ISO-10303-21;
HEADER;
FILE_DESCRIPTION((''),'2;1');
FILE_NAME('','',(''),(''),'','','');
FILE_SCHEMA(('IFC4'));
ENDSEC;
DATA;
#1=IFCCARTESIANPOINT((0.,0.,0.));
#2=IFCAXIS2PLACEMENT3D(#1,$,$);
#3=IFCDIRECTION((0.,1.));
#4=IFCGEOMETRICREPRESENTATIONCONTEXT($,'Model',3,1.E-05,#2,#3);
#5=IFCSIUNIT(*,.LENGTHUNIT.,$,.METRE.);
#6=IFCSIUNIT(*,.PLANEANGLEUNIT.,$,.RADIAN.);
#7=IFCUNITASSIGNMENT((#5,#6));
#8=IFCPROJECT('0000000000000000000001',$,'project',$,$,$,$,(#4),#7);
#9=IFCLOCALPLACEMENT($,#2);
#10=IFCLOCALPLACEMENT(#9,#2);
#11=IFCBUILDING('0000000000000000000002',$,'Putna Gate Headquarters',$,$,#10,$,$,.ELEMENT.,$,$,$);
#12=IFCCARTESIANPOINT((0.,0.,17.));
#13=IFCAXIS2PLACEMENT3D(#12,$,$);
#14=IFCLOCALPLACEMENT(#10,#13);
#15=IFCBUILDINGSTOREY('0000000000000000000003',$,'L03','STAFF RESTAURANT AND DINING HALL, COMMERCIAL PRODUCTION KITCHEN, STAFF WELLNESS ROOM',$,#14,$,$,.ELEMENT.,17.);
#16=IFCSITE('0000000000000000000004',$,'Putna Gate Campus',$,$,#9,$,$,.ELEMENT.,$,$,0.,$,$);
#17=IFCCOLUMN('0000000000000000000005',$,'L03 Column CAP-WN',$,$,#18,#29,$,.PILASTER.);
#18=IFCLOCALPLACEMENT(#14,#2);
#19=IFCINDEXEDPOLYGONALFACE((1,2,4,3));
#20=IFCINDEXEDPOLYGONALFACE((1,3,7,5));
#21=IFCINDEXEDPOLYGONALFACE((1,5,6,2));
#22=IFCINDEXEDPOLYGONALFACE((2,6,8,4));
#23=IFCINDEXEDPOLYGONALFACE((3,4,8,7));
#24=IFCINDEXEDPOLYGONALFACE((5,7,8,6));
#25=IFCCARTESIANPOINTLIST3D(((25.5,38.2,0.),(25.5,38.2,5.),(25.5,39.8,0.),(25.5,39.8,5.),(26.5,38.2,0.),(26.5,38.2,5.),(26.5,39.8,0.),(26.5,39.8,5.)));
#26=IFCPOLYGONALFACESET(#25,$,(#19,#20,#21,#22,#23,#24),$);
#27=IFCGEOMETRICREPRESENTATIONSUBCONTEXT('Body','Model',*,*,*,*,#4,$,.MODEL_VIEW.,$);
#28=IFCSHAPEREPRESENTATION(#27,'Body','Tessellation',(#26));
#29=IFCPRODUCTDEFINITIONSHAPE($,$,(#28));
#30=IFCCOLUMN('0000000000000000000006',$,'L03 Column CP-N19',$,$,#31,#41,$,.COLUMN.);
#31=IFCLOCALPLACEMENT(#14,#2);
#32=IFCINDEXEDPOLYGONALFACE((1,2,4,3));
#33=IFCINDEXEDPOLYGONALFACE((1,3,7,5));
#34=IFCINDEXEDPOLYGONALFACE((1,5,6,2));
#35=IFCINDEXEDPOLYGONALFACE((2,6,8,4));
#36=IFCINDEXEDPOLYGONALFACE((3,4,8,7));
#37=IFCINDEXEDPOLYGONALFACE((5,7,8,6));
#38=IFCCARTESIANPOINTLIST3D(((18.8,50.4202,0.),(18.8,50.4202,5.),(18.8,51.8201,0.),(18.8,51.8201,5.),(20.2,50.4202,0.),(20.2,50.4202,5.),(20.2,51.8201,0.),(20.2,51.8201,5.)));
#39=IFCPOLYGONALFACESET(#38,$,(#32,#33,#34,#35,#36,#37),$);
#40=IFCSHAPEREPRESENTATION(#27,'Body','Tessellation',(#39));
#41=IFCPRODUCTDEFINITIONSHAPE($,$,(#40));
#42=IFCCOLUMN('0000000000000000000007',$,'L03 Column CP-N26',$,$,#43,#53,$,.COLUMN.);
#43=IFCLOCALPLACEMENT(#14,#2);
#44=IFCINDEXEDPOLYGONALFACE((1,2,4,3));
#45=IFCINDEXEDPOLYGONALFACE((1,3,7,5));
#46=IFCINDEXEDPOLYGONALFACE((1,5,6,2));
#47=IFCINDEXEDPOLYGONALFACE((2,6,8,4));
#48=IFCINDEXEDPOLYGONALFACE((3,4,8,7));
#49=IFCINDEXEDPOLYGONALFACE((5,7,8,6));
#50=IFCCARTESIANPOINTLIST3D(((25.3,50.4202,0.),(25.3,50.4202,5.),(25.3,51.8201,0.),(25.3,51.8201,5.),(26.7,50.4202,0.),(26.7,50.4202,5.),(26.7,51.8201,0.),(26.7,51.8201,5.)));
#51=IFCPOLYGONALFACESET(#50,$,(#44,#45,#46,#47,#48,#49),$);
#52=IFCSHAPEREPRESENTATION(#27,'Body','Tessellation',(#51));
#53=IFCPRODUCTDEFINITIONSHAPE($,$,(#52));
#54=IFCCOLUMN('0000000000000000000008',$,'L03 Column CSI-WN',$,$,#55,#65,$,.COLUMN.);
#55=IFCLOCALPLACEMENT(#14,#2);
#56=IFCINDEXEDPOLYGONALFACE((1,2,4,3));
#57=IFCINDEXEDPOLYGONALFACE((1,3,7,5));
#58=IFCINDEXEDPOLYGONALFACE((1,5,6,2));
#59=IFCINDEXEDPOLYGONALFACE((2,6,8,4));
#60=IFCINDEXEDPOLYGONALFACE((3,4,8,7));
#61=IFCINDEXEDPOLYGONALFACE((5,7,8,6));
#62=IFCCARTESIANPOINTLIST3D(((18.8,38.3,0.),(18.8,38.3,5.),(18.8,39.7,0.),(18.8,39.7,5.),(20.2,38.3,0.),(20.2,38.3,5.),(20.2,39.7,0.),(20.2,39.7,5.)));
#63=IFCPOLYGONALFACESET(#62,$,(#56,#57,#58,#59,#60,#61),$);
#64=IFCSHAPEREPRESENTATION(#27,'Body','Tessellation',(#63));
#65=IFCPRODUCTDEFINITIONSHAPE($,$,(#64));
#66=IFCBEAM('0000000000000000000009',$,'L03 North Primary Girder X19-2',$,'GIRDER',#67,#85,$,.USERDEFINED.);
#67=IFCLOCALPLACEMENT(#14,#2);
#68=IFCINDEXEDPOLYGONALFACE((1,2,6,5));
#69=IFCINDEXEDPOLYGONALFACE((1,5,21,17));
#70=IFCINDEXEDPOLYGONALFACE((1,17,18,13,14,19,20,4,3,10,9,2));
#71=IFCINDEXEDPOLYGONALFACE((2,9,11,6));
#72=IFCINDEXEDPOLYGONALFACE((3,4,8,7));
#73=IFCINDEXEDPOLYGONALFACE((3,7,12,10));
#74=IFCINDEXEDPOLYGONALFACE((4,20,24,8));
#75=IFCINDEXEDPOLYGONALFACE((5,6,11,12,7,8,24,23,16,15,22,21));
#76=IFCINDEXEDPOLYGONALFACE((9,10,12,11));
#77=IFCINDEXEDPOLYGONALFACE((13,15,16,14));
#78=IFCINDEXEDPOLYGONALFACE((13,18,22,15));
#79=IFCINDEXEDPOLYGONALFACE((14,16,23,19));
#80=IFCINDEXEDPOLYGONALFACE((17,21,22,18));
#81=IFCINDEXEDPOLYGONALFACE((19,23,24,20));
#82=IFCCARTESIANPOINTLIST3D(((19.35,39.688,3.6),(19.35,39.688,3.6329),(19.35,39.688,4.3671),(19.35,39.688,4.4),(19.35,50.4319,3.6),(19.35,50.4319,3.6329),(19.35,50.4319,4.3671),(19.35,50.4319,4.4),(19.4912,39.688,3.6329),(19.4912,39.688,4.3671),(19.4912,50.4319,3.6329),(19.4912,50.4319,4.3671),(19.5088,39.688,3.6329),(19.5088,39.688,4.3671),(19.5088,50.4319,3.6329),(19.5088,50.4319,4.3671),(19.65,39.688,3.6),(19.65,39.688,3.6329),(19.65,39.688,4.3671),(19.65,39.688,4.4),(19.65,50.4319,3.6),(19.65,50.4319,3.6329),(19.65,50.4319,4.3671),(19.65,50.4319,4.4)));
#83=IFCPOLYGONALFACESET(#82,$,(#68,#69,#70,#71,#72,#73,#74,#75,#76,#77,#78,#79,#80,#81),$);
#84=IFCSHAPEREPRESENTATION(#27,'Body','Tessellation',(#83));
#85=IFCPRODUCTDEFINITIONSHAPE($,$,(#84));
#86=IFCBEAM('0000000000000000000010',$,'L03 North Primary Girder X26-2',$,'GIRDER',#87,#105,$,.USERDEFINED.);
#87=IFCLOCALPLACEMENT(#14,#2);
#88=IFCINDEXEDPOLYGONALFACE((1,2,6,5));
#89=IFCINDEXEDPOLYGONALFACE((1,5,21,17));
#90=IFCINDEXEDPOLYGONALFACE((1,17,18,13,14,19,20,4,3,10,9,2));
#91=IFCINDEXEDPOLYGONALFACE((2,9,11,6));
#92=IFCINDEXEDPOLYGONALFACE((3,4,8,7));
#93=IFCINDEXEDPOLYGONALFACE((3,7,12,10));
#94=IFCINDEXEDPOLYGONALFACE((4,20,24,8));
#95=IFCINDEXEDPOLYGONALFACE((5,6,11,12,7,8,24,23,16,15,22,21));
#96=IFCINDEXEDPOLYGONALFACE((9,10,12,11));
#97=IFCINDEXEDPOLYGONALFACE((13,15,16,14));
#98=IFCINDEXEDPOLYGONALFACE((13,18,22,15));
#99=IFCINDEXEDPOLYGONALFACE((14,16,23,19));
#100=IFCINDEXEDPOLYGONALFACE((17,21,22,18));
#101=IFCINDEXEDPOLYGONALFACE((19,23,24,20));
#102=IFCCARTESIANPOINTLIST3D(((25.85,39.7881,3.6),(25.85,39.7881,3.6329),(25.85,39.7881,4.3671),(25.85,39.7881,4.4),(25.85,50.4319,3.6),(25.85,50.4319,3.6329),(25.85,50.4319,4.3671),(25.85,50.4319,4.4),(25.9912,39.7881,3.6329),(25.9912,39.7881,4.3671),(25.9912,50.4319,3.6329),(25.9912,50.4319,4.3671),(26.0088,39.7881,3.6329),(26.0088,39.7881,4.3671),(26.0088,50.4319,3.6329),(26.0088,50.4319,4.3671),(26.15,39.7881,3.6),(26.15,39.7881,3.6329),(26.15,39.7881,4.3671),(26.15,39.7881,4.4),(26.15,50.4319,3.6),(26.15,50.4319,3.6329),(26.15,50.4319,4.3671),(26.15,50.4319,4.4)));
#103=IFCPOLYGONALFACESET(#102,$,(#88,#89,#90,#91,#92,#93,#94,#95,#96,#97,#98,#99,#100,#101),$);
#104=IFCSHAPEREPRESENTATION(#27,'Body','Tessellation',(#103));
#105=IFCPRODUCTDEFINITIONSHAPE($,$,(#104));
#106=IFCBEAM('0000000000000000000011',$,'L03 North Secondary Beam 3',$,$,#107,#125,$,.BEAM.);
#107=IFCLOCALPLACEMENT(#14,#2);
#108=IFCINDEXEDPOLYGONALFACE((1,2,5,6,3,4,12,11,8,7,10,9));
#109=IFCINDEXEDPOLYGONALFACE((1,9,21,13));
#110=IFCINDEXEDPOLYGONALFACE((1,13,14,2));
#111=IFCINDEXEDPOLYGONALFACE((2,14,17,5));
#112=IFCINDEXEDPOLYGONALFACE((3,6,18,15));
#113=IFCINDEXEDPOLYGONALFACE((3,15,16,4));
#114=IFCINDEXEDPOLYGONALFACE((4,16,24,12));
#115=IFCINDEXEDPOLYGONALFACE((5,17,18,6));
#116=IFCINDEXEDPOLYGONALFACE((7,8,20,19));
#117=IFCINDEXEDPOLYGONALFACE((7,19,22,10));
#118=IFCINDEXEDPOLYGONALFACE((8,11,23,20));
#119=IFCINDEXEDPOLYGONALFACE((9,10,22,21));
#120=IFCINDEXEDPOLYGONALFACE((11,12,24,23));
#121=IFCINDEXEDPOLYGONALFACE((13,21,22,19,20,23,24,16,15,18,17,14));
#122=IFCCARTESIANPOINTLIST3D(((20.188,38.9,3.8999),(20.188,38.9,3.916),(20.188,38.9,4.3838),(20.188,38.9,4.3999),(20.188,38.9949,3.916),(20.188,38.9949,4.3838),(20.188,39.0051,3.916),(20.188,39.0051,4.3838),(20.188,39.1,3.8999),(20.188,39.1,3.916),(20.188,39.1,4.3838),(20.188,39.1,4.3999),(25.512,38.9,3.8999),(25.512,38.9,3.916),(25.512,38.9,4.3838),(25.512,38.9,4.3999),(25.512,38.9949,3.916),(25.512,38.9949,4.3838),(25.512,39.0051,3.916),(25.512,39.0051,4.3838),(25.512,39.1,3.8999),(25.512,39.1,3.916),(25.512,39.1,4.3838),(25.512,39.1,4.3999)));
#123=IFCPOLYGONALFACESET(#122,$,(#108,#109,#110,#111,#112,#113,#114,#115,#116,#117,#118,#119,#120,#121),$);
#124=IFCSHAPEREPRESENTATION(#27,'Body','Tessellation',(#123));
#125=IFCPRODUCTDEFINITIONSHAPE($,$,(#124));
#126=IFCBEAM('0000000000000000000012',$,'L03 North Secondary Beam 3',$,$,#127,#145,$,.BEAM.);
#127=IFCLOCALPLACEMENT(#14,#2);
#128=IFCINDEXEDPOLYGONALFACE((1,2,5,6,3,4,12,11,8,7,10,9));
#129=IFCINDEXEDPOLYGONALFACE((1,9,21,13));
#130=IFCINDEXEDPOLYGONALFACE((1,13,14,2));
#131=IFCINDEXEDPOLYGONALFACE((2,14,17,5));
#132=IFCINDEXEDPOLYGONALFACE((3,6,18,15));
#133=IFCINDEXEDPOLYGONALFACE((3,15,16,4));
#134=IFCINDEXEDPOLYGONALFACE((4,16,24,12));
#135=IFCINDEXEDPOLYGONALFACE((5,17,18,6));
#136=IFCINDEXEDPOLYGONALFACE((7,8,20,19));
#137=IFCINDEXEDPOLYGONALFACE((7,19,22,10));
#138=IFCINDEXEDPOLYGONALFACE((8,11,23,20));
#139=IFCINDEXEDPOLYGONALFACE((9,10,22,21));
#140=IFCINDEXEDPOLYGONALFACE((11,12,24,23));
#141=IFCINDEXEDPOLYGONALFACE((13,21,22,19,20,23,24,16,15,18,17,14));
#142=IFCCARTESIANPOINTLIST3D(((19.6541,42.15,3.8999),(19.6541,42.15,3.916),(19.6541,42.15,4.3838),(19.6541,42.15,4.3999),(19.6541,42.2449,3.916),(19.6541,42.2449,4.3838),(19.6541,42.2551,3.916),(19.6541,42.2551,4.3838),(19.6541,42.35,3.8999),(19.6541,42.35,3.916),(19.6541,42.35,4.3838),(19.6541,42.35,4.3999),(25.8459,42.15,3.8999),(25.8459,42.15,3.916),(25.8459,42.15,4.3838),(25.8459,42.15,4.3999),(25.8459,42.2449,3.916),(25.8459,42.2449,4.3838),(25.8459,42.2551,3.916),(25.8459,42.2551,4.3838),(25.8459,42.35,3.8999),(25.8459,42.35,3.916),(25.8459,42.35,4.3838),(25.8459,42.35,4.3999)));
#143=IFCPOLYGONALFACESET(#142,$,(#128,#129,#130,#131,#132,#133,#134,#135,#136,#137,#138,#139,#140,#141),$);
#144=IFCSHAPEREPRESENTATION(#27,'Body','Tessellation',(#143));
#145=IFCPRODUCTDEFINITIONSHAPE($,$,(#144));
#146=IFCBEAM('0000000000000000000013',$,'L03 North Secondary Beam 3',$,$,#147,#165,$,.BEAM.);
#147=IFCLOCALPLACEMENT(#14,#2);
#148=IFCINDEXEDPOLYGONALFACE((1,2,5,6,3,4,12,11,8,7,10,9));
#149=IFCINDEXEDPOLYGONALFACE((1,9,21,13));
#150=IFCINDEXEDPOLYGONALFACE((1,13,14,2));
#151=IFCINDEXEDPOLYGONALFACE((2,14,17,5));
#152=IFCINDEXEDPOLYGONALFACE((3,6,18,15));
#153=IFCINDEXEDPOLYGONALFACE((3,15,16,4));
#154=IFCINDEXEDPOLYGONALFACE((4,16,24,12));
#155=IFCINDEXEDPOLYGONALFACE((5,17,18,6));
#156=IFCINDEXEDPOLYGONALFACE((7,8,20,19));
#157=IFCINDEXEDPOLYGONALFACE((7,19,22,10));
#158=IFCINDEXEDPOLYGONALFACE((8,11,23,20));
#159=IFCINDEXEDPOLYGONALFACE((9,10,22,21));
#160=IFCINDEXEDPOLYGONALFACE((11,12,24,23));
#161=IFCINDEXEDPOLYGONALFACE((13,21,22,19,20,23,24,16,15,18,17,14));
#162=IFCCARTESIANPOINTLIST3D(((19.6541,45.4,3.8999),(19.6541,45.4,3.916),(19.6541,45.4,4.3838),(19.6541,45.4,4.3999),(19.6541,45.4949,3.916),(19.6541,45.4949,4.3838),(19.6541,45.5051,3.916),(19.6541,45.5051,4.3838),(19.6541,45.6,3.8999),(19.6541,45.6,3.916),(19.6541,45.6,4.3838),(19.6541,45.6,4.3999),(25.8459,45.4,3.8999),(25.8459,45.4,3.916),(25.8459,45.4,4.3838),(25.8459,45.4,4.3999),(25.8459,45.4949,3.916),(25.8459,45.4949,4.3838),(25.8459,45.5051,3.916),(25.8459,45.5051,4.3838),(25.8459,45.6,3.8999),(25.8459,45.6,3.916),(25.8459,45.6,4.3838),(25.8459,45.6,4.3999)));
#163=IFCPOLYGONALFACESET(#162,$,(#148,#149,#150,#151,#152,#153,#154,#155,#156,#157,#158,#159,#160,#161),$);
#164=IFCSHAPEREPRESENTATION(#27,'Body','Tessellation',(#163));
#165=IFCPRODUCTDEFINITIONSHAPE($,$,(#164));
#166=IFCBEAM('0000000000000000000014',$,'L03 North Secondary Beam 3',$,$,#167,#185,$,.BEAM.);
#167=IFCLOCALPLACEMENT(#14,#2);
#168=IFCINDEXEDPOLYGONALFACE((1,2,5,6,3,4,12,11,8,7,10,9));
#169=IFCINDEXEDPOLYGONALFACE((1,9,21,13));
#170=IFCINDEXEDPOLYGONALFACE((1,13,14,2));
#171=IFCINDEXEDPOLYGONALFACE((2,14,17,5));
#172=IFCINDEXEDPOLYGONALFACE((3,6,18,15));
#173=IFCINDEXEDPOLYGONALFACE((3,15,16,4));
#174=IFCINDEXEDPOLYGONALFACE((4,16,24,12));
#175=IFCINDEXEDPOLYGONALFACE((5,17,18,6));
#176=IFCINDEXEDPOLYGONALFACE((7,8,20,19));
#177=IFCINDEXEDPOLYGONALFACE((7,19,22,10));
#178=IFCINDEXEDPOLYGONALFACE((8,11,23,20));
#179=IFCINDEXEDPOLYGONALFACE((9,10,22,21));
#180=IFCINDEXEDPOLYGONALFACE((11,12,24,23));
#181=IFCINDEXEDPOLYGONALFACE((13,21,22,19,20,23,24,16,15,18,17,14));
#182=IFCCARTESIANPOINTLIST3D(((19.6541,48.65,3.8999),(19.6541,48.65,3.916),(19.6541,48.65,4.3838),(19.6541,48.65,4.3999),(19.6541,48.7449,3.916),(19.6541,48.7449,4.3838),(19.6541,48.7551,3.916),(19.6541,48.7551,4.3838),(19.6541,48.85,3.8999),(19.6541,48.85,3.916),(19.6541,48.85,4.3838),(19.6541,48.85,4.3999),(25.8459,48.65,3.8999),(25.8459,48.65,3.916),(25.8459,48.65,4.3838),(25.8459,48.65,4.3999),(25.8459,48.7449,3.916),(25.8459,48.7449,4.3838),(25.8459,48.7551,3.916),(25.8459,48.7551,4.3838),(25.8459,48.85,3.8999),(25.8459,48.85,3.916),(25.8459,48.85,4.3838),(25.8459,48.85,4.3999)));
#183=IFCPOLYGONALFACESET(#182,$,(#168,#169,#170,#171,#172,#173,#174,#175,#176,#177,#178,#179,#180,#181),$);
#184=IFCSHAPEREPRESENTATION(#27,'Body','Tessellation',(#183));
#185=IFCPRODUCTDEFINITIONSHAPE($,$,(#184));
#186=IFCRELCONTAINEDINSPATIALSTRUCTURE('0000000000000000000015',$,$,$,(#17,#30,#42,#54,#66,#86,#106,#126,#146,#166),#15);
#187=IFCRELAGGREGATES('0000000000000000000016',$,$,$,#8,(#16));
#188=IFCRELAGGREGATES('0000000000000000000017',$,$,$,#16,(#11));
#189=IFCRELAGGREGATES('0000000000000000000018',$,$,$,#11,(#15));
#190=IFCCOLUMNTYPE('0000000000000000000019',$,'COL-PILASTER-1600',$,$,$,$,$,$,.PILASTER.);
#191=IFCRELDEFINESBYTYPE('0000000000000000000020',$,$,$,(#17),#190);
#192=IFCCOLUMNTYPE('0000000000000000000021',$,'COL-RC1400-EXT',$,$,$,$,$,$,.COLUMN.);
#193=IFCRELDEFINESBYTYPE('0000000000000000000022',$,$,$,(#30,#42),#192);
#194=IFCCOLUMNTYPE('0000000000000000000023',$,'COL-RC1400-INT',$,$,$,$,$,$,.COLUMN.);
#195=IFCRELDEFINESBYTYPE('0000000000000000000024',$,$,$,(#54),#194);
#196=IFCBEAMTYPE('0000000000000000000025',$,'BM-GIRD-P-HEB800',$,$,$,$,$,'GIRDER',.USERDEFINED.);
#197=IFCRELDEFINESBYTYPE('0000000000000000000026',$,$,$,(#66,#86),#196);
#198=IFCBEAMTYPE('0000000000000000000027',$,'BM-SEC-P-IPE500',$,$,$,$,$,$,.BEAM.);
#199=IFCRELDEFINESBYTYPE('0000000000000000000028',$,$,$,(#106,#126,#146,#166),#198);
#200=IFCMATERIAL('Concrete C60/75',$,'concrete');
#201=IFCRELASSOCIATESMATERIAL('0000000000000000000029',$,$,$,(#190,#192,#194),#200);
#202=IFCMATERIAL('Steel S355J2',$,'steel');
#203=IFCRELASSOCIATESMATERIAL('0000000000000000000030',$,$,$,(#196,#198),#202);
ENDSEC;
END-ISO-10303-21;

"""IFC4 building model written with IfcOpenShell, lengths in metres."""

from ifc_helpers import new_model, si_unit, direction, frame, origin, origin_2d, place, context, subcontext, project, spatial, rectangle, i_section, extrude, material, material_profile, profile_set, type_object, element, save


model = new_model("IFC4")

# Units and contexts
model_context = context("Model", 3, precision=1e-05, world=origin(), true_north=direction((0.0, 1.0)))
body_context = subcontext(model_context, "Body", "Model", "MODEL_VIEW")
ifc_project = project(units=[si_unit("LENGTHUNIT", "METRE"), si_unit("PLANEANGLEUNIT", "RADIAN")], contexts=[model_context])

# Site, building, storey
site_placement = place(None, origin())
site = spatial("IfcSite", under=ifc_project, at=site_placement, Name="Putna Gate Campus", CompositionType="ELEMENT", RefElevation=0.0)
building_placement = place(site_placement, origin())
building = spatial("IfcBuilding", under=site, at=building_placement, Name="Putna Gate Headquarters", CompositionType="ELEMENT")
storey_placement = place(building_placement, frame((0.0, 0.0, 17.0)))
storey = spatial("IfcBuildingStorey", under=building, at=storey_placement, Name="L03", Description="STAFF RESTAURANT AND DINING HALL, COMMERCIAL PRODUCTION KITCHEN, STAFF WELLNESS ROOM", CompositionType="ELEMENT", Elevation=17.0)

# Columns
ifc_material_1 = material(Name="Concrete C60/75", Category="concrete")
ifc_material_profile_1 = material_profile(ifc_material_1, rectangle(XDim=1.0, YDim=1.6001, at=origin_2d()), Name="Concrete C60/75")
ifc_profile_set_1 = profile_set([ifc_material_profile_1], Name="Concrete C60/75")
column_type_1 = type_object("IfcColumnType", Name="COL-PILASTER-1600", PredefinedType="PILASTER", material=ifc_profile_set_1)
column_1_placement = place(storey_placement, frame((26.0, 39.0, 0.0), z_axis=(0.0, 0.0, 1.0), x_axis=(1.0, 0.0, 0.0)))
element("IfcColumn", 1, at=column_1_placement, inside=storey, type_object=column_type_1, Name="L03 Column CAP-WN", PredefinedType="PILASTER", context=body_context, shape_type="SweptSolid", body=[
    extrude(rectangle(XDim=1.0, YDim=1.6001, at=origin_2d()), origin(), (0.0, 0.0, 1.0), 5.0),
])
ifc_material_profile_2 = material_profile(ifc_material_1, rectangle(XDim=1.3999, YDim=1.3999, at=origin_2d()), Name="Concrete C60/75")
ifc_profile_set_2 = profile_set([ifc_material_profile_2], Name="Concrete C60/75")
column_type_2 = type_object("IfcColumnType", Name="COL-RC1400-EXT", PredefinedType="COLUMN", material=ifc_profile_set_2)
for number, where, z_axis, x_axis, name in (
    (2, (19.5, 51.1201, 0.0), (0.0, 0.0, 1.0), (1.0, 0.0, 0.0), "L03 Column CP-N19"),
    (3, (26.0, 51.1201, 0.0), (0.0, 0.0, 1.0), (1.0, 0.0, 0.0), "L03 Column CP-N26"),
):
    element("IfcColumn", number, at=place(storey_placement, frame(where, z_axis=z_axis, x_axis=x_axis)), inside=storey, type_object=column_type_2, Name=name, PredefinedType="COLUMN", context=body_context, shape_type="SweptSolid", body=[
        extrude(rectangle(XDim=1.3999, YDim=1.3999, at=origin_2d()), origin(), (0.0, 0.0, 1.0), 5.0),
    ])
ifc_material_profile_3 = material_profile(ifc_material_1, rectangle(XDim=1.3999, YDim=1.3999, at=origin_2d()), Name="Concrete C60/75")
ifc_profile_set_3 = profile_set([ifc_material_profile_3], Name="Concrete C60/75")
column_type_3 = type_object("IfcColumnType", Name="COL-RC1400-INT", PredefinedType="COLUMN", material=ifc_profile_set_3)
column_2_placement = place(storey_placement, frame((19.5, 39.0, 0.0), z_axis=(0.0, 0.0, 1.0), x_axis=(1.0, 0.0, 0.0)))
element("IfcColumn", 4, at=column_2_placement, inside=storey, type_object=column_type_3, Name="L03 Column CSI-WN", PredefinedType="COLUMN", context=body_context, shape_type="SweptSolid", body=[
    extrude(rectangle(XDim=1.3999, YDim=1.3999, at=origin_2d()), origin(), (0.0, 0.0, 1.0), 5.0),
])

# Beams
ifc_material_2 = material(Name="Steel S355J2", Category="steel")
ifc_material_profile_4 = material_profile(ifc_material_2, i_section(OverallWidth=0.3, OverallDepth=0.8, WebThickness=0.0176, FlangeThickness=0.033, at=origin_2d()), Name="Steel S355J2")
ifc_profile_set_4 = profile_set([ifc_material_profile_4], Name="Steel S355J2")
beam_type_1 = type_object("IfcBeamType", Name="BM-GIRD-P-HEB800", ElementType="GIRDER", PredefinedType="USERDEFINED", material=ifc_profile_set_4)
beam_1_placement = place(storey_placement, frame((19.5, 39.688, 4.0), z_axis=(0.0, 1.0, 0.0), x_axis=(-1.0, 0.0, 0.0)))
element("IfcBeam", 5, at=beam_1_placement, inside=storey, type_object=beam_type_1, Name="L03 North Primary Girder X19-2", ObjectType="GIRDER", PredefinedType="USERDEFINED", context=body_context, shape_type="SweptSolid", body=[
    extrude(i_section(OverallWidth=0.3, OverallDepth=0.8, WebThickness=0.0176, FlangeThickness=0.033, at=origin_2d()), origin(), (0.0, 0.0, 1.0), 10.7439),
])
beam_2_placement = place(storey_placement, frame((26.0, 39.7881, 4.0), z_axis=(0.0, 1.0, 0.0), x_axis=(-1.0, 0.0, 0.0)))
element("IfcBeam", 6, at=beam_2_placement, inside=storey, type_object=beam_type_1, Name="L03 North Primary Girder X26-2", ObjectType="GIRDER", PredefinedType="USERDEFINED", context=body_context, shape_type="SweptSolid", body=[
    extrude(i_section(OverallWidth=0.3, OverallDepth=0.8, WebThickness=0.0176, FlangeThickness=0.033, at=origin_2d()), origin(), (0.0, 0.0, 1.0), 10.6438),
])
ifc_material_profile_5 = material_profile(ifc_material_2, i_section(OverallWidth=0.2, OverallDepth=0.5, WebThickness=0.0103, FlangeThickness=0.0161, at=origin_2d()), Name="Steel S355J2")
ifc_profile_set_5 = profile_set([ifc_material_profile_5], Name="Steel S355J2")
beam_type_2 = type_object("IfcBeamType", Name="BM-SEC-P-IPE500", PredefinedType="BEAM", material=ifc_profile_set_5)
beam_3_placement = place(storey_placement, frame((20.188, 39.0, 4.1499), z_axis=(1.0, 0.0, 0.0), x_axis=(0.0, 1.0, 0.0)))
element("IfcBeam", 7, at=beam_3_placement, inside=storey, type_object=beam_type_2, Name="L03 North Secondary Beam 3", PredefinedType="BEAM", context=body_context, shape_type="SweptSolid", body=[
    extrude(i_section(OverallWidth=0.2, OverallDepth=0.5, WebThickness=0.0103, FlangeThickness=0.0161, at=origin_2d()), origin(), (0.0, 0.0, 1.0), 5.324),
])
for number, where, z_axis, x_axis, name in (
    (8, (19.6541, 42.25, 4.1499), (1.0, 0.0, 0.0), (0.0, 1.0, 0.0), "L03 North Secondary Beam 3"),
    (9, (19.6541, 45.5, 4.1499), (1.0, 0.0, 0.0), (0.0, 1.0, 0.0), "L03 North Secondary Beam 3"),
    (10, (19.6541, 48.75, 4.1499), (1.0, 0.0, 0.0), (0.0, 1.0, 0.0), "L03 North Secondary Beam 3"),
):
    element("IfcBeam", number, at=place(storey_placement, frame(where, z_axis=z_axis, x_axis=x_axis)), inside=storey, type_object=beam_type_2, Name=name, PredefinedType="BEAM", context=body_context, shape_type="SweptSolid", body=[
        extrude(i_section(OverallWidth=0.2, OverallDepth=0.5, WebThickness=0.0103, FlangeThickness=0.0161, at=origin_2d()), origin(), (0.0, 0.0, 1.0), 6.1919),
    ])

save(model, "model.ifc")
